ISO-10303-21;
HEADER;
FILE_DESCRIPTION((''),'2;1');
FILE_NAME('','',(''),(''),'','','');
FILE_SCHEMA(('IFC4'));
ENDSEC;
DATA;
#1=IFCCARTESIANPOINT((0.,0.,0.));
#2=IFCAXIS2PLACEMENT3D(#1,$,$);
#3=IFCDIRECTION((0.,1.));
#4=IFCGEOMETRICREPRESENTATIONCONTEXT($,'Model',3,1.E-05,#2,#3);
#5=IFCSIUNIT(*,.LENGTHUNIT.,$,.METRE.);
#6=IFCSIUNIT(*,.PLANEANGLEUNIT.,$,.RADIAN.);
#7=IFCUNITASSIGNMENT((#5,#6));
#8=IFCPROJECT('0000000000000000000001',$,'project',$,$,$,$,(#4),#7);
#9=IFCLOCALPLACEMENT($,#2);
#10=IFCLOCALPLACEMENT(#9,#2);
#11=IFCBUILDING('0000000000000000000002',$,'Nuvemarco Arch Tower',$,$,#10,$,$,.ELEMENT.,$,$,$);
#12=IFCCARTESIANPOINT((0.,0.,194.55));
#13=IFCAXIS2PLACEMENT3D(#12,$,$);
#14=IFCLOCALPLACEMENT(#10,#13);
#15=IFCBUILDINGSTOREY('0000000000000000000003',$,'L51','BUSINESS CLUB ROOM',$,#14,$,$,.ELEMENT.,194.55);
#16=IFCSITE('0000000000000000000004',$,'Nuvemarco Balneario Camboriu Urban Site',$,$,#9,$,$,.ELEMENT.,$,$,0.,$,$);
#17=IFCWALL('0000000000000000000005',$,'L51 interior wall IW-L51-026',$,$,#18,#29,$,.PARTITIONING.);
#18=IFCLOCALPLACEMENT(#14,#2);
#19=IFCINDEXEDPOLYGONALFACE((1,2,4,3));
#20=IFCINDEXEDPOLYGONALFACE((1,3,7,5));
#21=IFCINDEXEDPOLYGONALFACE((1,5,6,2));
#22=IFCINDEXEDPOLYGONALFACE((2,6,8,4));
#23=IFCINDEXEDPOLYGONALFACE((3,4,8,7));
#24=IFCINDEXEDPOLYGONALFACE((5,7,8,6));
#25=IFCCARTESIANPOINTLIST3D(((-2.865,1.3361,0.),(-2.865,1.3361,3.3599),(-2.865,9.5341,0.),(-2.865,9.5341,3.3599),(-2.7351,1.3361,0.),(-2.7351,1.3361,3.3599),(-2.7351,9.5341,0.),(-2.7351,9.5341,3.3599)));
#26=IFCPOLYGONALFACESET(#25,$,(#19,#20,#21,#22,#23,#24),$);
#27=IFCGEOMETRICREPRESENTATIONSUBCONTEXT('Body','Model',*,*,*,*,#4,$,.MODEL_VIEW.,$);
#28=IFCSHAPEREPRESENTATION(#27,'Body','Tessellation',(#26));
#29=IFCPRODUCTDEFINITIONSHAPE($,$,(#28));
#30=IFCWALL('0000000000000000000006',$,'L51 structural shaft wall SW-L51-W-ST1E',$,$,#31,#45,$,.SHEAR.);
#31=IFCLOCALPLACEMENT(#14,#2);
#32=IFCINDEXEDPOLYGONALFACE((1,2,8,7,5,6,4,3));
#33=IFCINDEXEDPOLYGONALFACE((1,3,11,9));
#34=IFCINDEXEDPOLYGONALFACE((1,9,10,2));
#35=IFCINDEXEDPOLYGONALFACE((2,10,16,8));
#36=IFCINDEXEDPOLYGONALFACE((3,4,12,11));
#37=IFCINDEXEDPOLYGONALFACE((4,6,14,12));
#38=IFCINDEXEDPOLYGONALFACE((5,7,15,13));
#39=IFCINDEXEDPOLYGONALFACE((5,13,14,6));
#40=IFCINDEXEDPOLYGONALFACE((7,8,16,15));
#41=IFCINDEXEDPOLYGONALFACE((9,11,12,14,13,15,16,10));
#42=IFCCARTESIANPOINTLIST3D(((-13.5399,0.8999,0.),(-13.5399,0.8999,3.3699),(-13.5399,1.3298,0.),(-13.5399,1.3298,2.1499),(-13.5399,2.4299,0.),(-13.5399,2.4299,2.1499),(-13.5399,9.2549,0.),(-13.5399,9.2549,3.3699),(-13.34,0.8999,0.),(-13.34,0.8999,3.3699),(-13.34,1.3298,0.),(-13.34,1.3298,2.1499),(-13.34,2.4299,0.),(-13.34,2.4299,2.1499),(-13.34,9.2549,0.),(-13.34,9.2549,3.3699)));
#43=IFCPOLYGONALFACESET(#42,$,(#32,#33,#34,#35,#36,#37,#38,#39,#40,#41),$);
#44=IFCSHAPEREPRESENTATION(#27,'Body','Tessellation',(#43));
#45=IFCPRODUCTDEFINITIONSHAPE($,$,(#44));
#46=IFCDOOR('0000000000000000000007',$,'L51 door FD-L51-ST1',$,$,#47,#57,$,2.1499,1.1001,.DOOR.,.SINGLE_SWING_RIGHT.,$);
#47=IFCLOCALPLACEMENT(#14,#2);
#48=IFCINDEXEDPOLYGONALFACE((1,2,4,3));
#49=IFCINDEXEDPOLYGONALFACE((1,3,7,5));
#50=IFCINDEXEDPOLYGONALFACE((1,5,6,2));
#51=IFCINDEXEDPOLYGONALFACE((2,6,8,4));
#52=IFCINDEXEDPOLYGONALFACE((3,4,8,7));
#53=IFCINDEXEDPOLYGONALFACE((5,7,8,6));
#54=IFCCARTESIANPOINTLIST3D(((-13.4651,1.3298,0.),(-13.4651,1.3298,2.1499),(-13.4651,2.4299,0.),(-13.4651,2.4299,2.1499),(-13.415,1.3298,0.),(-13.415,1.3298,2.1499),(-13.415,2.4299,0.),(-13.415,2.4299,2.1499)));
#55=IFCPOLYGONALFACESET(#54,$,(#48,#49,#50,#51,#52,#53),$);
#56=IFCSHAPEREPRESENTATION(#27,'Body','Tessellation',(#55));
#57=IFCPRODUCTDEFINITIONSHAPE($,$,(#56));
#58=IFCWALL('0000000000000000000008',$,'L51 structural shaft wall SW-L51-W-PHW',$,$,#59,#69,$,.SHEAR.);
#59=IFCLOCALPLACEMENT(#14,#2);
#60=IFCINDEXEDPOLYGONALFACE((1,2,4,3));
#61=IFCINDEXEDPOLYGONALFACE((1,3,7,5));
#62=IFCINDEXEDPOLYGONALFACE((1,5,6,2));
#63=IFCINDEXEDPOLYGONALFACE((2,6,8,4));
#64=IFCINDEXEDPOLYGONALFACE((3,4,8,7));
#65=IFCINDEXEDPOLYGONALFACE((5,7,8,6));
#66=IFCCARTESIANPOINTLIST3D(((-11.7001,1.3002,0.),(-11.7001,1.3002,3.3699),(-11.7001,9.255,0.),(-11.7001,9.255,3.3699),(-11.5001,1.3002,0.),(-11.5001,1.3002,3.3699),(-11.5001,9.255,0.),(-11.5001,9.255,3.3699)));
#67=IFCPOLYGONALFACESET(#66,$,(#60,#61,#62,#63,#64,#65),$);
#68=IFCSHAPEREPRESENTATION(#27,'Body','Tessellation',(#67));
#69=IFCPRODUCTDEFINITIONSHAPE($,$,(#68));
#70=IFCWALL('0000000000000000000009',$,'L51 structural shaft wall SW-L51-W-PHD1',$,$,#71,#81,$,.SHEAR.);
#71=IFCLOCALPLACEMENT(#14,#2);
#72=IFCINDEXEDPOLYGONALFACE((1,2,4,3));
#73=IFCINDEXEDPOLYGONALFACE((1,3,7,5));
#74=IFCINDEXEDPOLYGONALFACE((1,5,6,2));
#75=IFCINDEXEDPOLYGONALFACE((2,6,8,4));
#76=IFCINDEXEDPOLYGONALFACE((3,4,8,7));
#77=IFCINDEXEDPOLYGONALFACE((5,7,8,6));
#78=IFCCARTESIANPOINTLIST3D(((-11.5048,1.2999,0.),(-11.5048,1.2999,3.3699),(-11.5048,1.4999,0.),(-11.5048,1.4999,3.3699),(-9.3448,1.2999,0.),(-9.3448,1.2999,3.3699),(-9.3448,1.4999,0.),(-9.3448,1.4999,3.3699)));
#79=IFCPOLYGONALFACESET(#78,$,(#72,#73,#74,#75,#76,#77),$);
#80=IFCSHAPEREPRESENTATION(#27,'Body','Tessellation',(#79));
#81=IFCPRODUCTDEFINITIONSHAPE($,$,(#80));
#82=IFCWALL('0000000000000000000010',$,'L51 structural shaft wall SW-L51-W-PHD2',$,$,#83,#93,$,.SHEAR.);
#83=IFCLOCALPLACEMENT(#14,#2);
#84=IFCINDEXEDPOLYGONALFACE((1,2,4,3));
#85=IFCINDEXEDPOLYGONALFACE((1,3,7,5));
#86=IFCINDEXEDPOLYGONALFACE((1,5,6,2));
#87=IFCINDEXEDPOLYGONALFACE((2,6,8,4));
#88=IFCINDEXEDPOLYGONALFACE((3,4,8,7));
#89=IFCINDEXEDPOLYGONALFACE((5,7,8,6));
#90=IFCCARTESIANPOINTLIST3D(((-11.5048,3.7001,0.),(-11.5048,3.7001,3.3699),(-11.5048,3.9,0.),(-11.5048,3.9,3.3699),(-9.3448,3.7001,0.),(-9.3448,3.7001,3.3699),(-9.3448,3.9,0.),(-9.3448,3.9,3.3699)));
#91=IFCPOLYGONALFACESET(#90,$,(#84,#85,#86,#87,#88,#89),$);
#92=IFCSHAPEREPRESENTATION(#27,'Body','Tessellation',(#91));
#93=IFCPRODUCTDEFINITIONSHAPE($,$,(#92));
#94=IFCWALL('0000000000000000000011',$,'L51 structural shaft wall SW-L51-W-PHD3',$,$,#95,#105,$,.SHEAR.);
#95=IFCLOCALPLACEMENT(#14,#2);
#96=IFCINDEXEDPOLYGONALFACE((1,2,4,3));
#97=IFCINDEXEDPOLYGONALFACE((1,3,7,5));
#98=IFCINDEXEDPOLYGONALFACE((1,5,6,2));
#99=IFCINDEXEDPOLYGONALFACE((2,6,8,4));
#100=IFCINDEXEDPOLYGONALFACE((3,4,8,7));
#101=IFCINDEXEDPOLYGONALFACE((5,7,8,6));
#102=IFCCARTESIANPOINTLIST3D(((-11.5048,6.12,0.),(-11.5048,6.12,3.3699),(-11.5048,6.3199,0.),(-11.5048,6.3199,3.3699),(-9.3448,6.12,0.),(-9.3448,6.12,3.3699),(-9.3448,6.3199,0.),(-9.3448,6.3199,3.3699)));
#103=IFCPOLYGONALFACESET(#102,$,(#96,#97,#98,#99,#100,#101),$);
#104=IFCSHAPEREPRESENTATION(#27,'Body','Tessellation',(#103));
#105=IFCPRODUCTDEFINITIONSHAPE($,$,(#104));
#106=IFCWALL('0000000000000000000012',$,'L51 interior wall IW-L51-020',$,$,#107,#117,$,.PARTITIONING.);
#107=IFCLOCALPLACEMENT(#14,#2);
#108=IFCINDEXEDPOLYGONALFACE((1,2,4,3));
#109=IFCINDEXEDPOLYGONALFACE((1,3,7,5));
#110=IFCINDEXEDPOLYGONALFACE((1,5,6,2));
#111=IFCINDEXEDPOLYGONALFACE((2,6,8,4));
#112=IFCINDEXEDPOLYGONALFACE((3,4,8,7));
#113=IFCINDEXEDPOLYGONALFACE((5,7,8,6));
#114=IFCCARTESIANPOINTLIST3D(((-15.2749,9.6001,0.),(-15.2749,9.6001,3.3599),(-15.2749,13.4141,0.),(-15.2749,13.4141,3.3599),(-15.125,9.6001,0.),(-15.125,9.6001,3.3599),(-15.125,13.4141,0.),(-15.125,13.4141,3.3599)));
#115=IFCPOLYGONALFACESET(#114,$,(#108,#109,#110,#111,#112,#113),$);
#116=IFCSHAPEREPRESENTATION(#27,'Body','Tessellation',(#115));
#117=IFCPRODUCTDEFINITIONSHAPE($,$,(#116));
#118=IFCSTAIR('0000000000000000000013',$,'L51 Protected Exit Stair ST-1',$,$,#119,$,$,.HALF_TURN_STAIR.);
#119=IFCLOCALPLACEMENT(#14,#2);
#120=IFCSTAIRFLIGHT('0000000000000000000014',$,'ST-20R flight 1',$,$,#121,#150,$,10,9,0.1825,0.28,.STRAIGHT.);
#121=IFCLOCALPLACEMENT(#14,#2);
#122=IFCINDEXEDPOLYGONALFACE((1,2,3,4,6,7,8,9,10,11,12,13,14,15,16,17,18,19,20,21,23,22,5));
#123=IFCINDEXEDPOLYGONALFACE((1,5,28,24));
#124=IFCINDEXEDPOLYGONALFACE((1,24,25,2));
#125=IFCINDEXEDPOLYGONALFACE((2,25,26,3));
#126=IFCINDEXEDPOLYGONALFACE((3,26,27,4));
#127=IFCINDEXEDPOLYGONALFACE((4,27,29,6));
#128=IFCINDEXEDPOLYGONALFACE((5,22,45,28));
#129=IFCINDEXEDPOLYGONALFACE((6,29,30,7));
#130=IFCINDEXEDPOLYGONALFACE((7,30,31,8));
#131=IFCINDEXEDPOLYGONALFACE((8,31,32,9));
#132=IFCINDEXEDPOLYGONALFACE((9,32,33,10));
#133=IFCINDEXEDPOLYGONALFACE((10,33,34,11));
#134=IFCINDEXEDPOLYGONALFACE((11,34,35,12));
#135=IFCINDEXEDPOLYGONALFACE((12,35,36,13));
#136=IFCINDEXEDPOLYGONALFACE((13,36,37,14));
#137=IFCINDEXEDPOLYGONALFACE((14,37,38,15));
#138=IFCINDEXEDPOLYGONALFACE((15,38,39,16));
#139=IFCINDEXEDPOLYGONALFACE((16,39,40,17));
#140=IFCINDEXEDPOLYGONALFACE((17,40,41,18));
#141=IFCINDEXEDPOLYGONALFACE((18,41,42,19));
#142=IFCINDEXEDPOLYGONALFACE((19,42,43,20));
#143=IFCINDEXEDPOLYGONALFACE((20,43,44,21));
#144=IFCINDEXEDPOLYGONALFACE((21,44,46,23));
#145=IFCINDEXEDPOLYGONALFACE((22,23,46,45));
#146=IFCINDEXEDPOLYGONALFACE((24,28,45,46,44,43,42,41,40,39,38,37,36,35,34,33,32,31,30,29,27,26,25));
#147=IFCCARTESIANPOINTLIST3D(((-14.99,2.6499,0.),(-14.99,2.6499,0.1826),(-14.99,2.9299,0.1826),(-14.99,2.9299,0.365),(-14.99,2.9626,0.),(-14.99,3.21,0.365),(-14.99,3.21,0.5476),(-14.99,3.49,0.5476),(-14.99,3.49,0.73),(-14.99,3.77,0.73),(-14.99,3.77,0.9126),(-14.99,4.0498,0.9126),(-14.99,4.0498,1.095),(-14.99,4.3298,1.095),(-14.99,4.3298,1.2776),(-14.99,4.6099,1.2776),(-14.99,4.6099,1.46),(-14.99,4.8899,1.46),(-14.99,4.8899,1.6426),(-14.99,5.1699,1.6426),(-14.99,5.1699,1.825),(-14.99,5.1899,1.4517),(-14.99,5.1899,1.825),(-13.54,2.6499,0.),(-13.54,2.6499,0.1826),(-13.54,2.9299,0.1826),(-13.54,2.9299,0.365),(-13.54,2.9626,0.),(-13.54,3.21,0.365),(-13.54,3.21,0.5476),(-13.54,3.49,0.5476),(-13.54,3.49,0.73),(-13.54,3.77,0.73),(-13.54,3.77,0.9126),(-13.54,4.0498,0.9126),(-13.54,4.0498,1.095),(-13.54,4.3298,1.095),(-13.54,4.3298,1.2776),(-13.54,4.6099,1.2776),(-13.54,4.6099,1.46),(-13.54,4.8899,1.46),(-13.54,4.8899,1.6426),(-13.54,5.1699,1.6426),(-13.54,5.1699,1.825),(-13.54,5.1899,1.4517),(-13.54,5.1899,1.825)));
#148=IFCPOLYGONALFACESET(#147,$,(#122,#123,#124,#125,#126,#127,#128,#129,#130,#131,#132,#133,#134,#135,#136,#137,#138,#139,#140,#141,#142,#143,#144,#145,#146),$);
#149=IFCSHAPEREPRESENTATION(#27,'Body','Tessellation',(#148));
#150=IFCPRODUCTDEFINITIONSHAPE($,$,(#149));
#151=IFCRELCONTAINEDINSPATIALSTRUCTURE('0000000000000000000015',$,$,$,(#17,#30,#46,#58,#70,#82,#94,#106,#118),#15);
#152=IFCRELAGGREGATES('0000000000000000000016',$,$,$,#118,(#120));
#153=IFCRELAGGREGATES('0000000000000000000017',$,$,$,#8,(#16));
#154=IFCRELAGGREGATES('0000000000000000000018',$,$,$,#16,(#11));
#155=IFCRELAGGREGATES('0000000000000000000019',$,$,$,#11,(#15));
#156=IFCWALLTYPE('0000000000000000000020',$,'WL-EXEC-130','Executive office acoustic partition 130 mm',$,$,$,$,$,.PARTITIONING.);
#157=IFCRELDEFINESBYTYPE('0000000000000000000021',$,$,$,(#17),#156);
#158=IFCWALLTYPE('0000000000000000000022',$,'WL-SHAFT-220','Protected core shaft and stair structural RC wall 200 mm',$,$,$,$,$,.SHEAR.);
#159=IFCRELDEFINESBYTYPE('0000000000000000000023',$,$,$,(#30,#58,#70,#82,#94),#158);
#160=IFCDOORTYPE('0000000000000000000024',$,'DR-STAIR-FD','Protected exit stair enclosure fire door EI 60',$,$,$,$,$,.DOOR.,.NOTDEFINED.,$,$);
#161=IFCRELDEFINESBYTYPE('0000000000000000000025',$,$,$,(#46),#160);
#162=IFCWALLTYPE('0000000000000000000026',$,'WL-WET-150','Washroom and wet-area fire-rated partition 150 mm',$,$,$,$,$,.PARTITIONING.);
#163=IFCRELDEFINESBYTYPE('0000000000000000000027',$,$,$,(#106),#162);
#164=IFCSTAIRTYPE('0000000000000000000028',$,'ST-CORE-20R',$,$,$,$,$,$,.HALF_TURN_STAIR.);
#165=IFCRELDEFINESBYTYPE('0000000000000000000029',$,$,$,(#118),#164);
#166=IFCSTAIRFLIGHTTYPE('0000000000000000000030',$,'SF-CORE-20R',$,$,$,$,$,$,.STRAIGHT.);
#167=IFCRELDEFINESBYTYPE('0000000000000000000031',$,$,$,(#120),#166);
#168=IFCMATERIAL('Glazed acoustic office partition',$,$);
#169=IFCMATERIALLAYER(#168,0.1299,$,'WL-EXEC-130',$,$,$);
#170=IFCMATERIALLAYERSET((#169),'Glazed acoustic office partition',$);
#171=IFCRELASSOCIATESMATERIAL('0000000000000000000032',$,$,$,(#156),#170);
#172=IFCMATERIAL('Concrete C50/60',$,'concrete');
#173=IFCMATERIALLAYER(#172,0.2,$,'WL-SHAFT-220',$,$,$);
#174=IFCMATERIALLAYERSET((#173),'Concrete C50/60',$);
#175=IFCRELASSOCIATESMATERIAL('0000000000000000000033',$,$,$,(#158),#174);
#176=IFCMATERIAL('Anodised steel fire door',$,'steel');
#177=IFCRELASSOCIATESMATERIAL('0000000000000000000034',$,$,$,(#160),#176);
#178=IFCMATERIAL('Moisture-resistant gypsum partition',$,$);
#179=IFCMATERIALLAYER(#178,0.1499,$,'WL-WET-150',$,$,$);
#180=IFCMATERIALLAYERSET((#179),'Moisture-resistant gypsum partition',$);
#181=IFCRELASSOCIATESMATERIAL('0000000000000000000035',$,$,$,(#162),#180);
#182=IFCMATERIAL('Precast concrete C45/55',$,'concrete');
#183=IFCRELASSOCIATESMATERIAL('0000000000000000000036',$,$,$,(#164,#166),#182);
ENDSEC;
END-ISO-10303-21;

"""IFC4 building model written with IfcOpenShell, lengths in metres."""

from ifc_helpers import new_model, si_unit, direction, frame, frame_2d, origin, place, context, subcontext, project, spatial, polyline, rectangle, outline, extrude, source, transform, mapped, material, layer, layer_set, type_object, type_shapes, element, fill, aggregate, save


model = new_model("IFC4")

# Units and contexts
model_context = context("Model", 3, precision=1e-05, world=origin(), true_north=direction((0.0, 1.0)))
body_context = subcontext(model_context, "Body", "Model", "MODEL_VIEW")
ifc_project = project(units=[si_unit("LENGTHUNIT", "METRE"), si_unit("PLANEANGLEUNIT", "RADIAN")], contexts=[model_context])

# Site, building, storey
site_placement = place(None, origin())
site = spatial("IfcSite", under=ifc_project, at=site_placement, Name="Nuvemarco Balneario Camboriu Urban Site", CompositionType="ELEMENT", RefElevation=0.0)
building_placement = place(site_placement, origin())
building = spatial("IfcBuilding", under=site, at=building_placement, Name="Nuvemarco Arch Tower", CompositionType="ELEMENT")
storey_placement = place(building_placement, frame((0.0, 0.0, 194.55)))
storey = spatial("IfcBuildingStorey", under=building, at=storey_placement, Name="L51", Description="BUSINESS CLUB ROOM", CompositionType="ELEMENT", Elevation=194.55)

# Shared definitions
ifc_material_1 = material(Name="Concrete C50/60", Category="concrete")

# Wall
ifc_material_2 = material(Name="Glazed acoustic office partition")
ifc_layer_1 = layer(ifc_material_2, 0.1299, Name="WL-EXEC-130")
ifc_layer_set_1 = layer_set([ifc_layer_1], Name="Glazed acoustic office partition")
wall_type_1 = type_object("IfcWallType", Name="WL-EXEC-130", Description="Executive office acoustic partition 130 mm", PredefinedType="PARTITIONING", material=ifc_layer_set_1)
wall_1_placement = place(storey_placement, frame((-2.8, 1.3359, 0.0), z_axis=(0.0, 0.0, 1.0), x_axis=(0.0, 1.0, 0.0)))
element("IfcWall", 1, at=wall_1_placement, inside=storey, type_object=wall_type_1, Name="L51 interior wall IW-L51-026", PredefinedType="PARTITIONING", context=body_context, shape_type="SweptSolid", body=[
    extrude(rectangle(XDim=8.198, YDim=0.1299, at=frame_2d((4.0991, 0.0))), origin(), (0.0, 0.0, 1.0), 3.3599),
])

# Wall, opening, door
ifc_layer_2 = layer(ifc_material_1, 0.2, Name="WL-SHAFT-220")
ifc_layer_set_2 = layer_set([ifc_layer_2], Name="Concrete C50/60")
wall_type_2 = type_object("IfcWallType", Name="WL-SHAFT-220", Description="Protected core shaft and stair structural RC wall 200 mm", PredefinedType="SHEAR", material=ifc_layer_set_2)
wall_2_placement = place(storey_placement, frame((-13.4399, 0.8999, 0.0), z_axis=(0.0, 0.0, 1.0), x_axis=(0.0, 1.0, 0.0)))
wall_2 = element("IfcWall", 2, at=wall_2_placement, inside=storey, type_object=wall_type_2, Name="L51 structural shaft wall SW-L51-W-ST1E", PredefinedType="SHEAR", context=body_context, shape_type="SweptSolid", body=[
    extrude(rectangle(XDim=8.355, YDim=0.2, at=frame_2d((4.1775, 0.0))), origin(), (0.0, 0.0, 1.0), 3.3699),
])
opening_1_placement = place(wall_2_placement, frame((1.53, 0.0, 0.0), z_axis=(0.0, 0.0, 1.0), x_axis=(-1.0, 0.0, 0.0)))
opening_1 = element("IfcOpeningElement", 3, at=opening_1_placement, cuts=wall_2, PredefinedType="OPENING", context=body_context, shape_type="SweptSolid", body=[
    extrude(rectangle(XDim=1.1001, YDim=2.1499, at=frame_2d((0.55, 1.075))), frame((0.0, 0.1099, 0.0), z_axis=(0.0, -1.0, 0.0), x_axis=(1.0, 0.0, 0.0)), (0.0, 0.0, 1.0), 0.22),
])
ifc_material_3 = material(Name="Anodised steel fire door", Category="steel")
door_type_1 = type_object("IfcDoorType", Name="DR-STAIR-FD", Description="Protected exit stair enclosure fire door EI 60", OperationType="NOTDEFINED", PredefinedType="DOOR", material=ifc_material_3)
shared_shape_1 = source(origin(), body_context, "Body", "SweptSolid", [
    extrude(rectangle(XDim=1.1001, YDim=2.1499, at=frame_2d((0.55, 1.075))), frame((0.0, 0.0249, 0.0), z_axis=(0.0, -1.0, 0.0), x_axis=(1.0, 0.0, 0.0)), (0.0, 0.0, 1.0), 0.05),
])
type_shapes(door_type_1, [shared_shape_1])
door_1_placement = place(opening_1_placement, origin())
door_1 = element("IfcDoor", 4, at=door_1_placement, inside=storey, type_object=door_type_1, Name="L51 door FD-L51-ST1", OperationType="SINGLE_SWING_RIGHT", OverallHeight=2.1499, OverallWidth=1.1001, PredefinedType="DOOR", context=body_context, shape_type="MappedRepresentation", body=[
    mapped(shared_shape_1, transform((0.0, 0.0, 0.0), scale=1.0)),
])
fill(opening_1, door_1)

# Walls
wall_3_placement = place(storey_placement, frame((-11.6001, 1.3, 0.0), z_axis=(0.0, 0.0, 1.0), x_axis=(0.0, 1.0, 0.0)))
element("IfcWall", 5, at=wall_3_placement, inside=storey, type_object=wall_type_2, Name="L51 structural shaft wall SW-L51-W-PHW", PredefinedType="SHEAR", context=body_context, shape_type="SweptSolid", body=[
    extrude(rectangle(XDim=7.9548, YDim=0.2, at=frame_2d((3.9775, 0.0))), origin(), (0.0, 0.0, 1.0), 3.3699),
])
for number, where, z_axis, x_axis, name in (
    (6, (-11.5049, 1.3999, 0.0), (0.0, 0.0, 1.0), (1.0, 0.0, 0.0), "L51 structural shaft wall SW-L51-W-PHD1"),
    (7, (-11.5049, 3.8, 0.0), (0.0, 0.0, 1.0), (1.0, 0.0, 0.0), "L51 structural shaft wall SW-L51-W-PHD2"),
    (8, (-11.5049, 6.22, 0.0), (0.0, 0.0, 1.0), (1.0, 0.0, 0.0), "L51 structural shaft wall SW-L51-W-PHD3"),
):
    element("IfcWall", number, at=place(storey_placement, frame(where, z_axis=z_axis, x_axis=x_axis)), inside=storey, type_object=wall_type_2, Name=name, PredefinedType="SHEAR", context=body_context, shape_type="SweptSolid", body=[
        extrude(rectangle(XDim=2.1599, YDim=0.2, at=frame_2d((1.0801, 0.0))), origin(), (0.0, 0.0, 1.0), 3.3699),
    ])
ifc_material_4 = material(Name="Moisture-resistant gypsum partition")
ifc_layer_3 = layer(ifc_material_4, 0.1499, Name="WL-WET-150")
ifc_layer_set_3 = layer_set([ifc_layer_3], Name="Moisture-resistant gypsum partition")
wall_type_3 = type_object("IfcWallType", Name="WL-WET-150", Description="Washroom and wet-area fire-rated partition 150 mm", PredefinedType="PARTITIONING", material=ifc_layer_set_3)
wall_4_placement = place(storey_placement, frame((-15.2, 9.6001, 0.0), z_axis=(0.0, 0.0, 1.0), x_axis=(0.0, 1.0, 0.0)))
element("IfcWall", 9, at=wall_4_placement, inside=storey, type_object=wall_type_3, Name="L51 interior wall IW-L51-020", PredefinedType="PARTITIONING", context=body_context, shape_type="SweptSolid", body=[
    extrude(rectangle(XDim=3.814, YDim=0.1499, at=frame_2d((1.907, 0.0))), origin(), (0.0, 0.0, 1.0), 3.3599),
])

# Stair, stair flight
ifc_material_5 = material(Name="Precast concrete C45/55", Category="concrete")
stair_type = type_object("IfcStairType", Name="ST-CORE-20R", PredefinedType="HALF_TURN_STAIR", material=ifc_material_5)
stair_placement = place(storey_placement, origin())
stair = element("IfcStair", 10, at=stair_placement, inside=storey, type_object=stair_type, Name="L51 Protected Exit Stair ST-1", PredefinedType="HALF_TURN_STAIR")
stair_flight_type = type_object("IfcStairFlightType", Name="SF-CORE-20R", PredefinedType="STRAIGHT", material=ifc_material_5)
stair_flight_placement = place(storey_placement, frame((-14.2649, 2.6499, 0.0), z_axis=(0.0, 0.0, 1.0), x_axis=(0.0, 1.0, 0.0)))
stair_flight = element("IfcStairFlight", 11, at=stair_flight_placement, type_object=stair_flight_type, Name="ST-20R flight 1", NumberOfRisers=10, NumberOfTreads=9, PredefinedType="STRAIGHT", RiserHeight=0.1825, TreadLength=0.28, context=body_context, shape_type="SweptSolid", body=[
    extrude(outline(polyline([(0.0, 0.0), (0.0, 0.1826), (0.28, 0.1826), (0.28, 0.365), (0.5601, 0.365), (0.5601, 0.5476), (0.8401, 0.5476), (0.8401, 0.73), (1.1201, 0.73), (1.1201, 0.9126), (1.3999, 0.9126), (1.3999, 1.095), (1.6799, 1.095), (1.6799, 1.2776), (1.96, 1.2776), (1.96, 1.46), (2.24, 1.46), (2.24, 1.6426), (2.52, 1.6426), (2.52, 1.825), (2.54, 1.825), (2.54, 1.4517), (0.3127, 0.0), (0.0, 0.0)])), frame((0.0, 0.7251, 0.0), z_axis=(0.0, -1.0, 0.0), x_axis=(1.0, 0.0, 0.0)), (0.0, 0.0, 1.0), 1.45),
])
aggregate(stair, [stair_flight])

save(model, "model.ifc")
